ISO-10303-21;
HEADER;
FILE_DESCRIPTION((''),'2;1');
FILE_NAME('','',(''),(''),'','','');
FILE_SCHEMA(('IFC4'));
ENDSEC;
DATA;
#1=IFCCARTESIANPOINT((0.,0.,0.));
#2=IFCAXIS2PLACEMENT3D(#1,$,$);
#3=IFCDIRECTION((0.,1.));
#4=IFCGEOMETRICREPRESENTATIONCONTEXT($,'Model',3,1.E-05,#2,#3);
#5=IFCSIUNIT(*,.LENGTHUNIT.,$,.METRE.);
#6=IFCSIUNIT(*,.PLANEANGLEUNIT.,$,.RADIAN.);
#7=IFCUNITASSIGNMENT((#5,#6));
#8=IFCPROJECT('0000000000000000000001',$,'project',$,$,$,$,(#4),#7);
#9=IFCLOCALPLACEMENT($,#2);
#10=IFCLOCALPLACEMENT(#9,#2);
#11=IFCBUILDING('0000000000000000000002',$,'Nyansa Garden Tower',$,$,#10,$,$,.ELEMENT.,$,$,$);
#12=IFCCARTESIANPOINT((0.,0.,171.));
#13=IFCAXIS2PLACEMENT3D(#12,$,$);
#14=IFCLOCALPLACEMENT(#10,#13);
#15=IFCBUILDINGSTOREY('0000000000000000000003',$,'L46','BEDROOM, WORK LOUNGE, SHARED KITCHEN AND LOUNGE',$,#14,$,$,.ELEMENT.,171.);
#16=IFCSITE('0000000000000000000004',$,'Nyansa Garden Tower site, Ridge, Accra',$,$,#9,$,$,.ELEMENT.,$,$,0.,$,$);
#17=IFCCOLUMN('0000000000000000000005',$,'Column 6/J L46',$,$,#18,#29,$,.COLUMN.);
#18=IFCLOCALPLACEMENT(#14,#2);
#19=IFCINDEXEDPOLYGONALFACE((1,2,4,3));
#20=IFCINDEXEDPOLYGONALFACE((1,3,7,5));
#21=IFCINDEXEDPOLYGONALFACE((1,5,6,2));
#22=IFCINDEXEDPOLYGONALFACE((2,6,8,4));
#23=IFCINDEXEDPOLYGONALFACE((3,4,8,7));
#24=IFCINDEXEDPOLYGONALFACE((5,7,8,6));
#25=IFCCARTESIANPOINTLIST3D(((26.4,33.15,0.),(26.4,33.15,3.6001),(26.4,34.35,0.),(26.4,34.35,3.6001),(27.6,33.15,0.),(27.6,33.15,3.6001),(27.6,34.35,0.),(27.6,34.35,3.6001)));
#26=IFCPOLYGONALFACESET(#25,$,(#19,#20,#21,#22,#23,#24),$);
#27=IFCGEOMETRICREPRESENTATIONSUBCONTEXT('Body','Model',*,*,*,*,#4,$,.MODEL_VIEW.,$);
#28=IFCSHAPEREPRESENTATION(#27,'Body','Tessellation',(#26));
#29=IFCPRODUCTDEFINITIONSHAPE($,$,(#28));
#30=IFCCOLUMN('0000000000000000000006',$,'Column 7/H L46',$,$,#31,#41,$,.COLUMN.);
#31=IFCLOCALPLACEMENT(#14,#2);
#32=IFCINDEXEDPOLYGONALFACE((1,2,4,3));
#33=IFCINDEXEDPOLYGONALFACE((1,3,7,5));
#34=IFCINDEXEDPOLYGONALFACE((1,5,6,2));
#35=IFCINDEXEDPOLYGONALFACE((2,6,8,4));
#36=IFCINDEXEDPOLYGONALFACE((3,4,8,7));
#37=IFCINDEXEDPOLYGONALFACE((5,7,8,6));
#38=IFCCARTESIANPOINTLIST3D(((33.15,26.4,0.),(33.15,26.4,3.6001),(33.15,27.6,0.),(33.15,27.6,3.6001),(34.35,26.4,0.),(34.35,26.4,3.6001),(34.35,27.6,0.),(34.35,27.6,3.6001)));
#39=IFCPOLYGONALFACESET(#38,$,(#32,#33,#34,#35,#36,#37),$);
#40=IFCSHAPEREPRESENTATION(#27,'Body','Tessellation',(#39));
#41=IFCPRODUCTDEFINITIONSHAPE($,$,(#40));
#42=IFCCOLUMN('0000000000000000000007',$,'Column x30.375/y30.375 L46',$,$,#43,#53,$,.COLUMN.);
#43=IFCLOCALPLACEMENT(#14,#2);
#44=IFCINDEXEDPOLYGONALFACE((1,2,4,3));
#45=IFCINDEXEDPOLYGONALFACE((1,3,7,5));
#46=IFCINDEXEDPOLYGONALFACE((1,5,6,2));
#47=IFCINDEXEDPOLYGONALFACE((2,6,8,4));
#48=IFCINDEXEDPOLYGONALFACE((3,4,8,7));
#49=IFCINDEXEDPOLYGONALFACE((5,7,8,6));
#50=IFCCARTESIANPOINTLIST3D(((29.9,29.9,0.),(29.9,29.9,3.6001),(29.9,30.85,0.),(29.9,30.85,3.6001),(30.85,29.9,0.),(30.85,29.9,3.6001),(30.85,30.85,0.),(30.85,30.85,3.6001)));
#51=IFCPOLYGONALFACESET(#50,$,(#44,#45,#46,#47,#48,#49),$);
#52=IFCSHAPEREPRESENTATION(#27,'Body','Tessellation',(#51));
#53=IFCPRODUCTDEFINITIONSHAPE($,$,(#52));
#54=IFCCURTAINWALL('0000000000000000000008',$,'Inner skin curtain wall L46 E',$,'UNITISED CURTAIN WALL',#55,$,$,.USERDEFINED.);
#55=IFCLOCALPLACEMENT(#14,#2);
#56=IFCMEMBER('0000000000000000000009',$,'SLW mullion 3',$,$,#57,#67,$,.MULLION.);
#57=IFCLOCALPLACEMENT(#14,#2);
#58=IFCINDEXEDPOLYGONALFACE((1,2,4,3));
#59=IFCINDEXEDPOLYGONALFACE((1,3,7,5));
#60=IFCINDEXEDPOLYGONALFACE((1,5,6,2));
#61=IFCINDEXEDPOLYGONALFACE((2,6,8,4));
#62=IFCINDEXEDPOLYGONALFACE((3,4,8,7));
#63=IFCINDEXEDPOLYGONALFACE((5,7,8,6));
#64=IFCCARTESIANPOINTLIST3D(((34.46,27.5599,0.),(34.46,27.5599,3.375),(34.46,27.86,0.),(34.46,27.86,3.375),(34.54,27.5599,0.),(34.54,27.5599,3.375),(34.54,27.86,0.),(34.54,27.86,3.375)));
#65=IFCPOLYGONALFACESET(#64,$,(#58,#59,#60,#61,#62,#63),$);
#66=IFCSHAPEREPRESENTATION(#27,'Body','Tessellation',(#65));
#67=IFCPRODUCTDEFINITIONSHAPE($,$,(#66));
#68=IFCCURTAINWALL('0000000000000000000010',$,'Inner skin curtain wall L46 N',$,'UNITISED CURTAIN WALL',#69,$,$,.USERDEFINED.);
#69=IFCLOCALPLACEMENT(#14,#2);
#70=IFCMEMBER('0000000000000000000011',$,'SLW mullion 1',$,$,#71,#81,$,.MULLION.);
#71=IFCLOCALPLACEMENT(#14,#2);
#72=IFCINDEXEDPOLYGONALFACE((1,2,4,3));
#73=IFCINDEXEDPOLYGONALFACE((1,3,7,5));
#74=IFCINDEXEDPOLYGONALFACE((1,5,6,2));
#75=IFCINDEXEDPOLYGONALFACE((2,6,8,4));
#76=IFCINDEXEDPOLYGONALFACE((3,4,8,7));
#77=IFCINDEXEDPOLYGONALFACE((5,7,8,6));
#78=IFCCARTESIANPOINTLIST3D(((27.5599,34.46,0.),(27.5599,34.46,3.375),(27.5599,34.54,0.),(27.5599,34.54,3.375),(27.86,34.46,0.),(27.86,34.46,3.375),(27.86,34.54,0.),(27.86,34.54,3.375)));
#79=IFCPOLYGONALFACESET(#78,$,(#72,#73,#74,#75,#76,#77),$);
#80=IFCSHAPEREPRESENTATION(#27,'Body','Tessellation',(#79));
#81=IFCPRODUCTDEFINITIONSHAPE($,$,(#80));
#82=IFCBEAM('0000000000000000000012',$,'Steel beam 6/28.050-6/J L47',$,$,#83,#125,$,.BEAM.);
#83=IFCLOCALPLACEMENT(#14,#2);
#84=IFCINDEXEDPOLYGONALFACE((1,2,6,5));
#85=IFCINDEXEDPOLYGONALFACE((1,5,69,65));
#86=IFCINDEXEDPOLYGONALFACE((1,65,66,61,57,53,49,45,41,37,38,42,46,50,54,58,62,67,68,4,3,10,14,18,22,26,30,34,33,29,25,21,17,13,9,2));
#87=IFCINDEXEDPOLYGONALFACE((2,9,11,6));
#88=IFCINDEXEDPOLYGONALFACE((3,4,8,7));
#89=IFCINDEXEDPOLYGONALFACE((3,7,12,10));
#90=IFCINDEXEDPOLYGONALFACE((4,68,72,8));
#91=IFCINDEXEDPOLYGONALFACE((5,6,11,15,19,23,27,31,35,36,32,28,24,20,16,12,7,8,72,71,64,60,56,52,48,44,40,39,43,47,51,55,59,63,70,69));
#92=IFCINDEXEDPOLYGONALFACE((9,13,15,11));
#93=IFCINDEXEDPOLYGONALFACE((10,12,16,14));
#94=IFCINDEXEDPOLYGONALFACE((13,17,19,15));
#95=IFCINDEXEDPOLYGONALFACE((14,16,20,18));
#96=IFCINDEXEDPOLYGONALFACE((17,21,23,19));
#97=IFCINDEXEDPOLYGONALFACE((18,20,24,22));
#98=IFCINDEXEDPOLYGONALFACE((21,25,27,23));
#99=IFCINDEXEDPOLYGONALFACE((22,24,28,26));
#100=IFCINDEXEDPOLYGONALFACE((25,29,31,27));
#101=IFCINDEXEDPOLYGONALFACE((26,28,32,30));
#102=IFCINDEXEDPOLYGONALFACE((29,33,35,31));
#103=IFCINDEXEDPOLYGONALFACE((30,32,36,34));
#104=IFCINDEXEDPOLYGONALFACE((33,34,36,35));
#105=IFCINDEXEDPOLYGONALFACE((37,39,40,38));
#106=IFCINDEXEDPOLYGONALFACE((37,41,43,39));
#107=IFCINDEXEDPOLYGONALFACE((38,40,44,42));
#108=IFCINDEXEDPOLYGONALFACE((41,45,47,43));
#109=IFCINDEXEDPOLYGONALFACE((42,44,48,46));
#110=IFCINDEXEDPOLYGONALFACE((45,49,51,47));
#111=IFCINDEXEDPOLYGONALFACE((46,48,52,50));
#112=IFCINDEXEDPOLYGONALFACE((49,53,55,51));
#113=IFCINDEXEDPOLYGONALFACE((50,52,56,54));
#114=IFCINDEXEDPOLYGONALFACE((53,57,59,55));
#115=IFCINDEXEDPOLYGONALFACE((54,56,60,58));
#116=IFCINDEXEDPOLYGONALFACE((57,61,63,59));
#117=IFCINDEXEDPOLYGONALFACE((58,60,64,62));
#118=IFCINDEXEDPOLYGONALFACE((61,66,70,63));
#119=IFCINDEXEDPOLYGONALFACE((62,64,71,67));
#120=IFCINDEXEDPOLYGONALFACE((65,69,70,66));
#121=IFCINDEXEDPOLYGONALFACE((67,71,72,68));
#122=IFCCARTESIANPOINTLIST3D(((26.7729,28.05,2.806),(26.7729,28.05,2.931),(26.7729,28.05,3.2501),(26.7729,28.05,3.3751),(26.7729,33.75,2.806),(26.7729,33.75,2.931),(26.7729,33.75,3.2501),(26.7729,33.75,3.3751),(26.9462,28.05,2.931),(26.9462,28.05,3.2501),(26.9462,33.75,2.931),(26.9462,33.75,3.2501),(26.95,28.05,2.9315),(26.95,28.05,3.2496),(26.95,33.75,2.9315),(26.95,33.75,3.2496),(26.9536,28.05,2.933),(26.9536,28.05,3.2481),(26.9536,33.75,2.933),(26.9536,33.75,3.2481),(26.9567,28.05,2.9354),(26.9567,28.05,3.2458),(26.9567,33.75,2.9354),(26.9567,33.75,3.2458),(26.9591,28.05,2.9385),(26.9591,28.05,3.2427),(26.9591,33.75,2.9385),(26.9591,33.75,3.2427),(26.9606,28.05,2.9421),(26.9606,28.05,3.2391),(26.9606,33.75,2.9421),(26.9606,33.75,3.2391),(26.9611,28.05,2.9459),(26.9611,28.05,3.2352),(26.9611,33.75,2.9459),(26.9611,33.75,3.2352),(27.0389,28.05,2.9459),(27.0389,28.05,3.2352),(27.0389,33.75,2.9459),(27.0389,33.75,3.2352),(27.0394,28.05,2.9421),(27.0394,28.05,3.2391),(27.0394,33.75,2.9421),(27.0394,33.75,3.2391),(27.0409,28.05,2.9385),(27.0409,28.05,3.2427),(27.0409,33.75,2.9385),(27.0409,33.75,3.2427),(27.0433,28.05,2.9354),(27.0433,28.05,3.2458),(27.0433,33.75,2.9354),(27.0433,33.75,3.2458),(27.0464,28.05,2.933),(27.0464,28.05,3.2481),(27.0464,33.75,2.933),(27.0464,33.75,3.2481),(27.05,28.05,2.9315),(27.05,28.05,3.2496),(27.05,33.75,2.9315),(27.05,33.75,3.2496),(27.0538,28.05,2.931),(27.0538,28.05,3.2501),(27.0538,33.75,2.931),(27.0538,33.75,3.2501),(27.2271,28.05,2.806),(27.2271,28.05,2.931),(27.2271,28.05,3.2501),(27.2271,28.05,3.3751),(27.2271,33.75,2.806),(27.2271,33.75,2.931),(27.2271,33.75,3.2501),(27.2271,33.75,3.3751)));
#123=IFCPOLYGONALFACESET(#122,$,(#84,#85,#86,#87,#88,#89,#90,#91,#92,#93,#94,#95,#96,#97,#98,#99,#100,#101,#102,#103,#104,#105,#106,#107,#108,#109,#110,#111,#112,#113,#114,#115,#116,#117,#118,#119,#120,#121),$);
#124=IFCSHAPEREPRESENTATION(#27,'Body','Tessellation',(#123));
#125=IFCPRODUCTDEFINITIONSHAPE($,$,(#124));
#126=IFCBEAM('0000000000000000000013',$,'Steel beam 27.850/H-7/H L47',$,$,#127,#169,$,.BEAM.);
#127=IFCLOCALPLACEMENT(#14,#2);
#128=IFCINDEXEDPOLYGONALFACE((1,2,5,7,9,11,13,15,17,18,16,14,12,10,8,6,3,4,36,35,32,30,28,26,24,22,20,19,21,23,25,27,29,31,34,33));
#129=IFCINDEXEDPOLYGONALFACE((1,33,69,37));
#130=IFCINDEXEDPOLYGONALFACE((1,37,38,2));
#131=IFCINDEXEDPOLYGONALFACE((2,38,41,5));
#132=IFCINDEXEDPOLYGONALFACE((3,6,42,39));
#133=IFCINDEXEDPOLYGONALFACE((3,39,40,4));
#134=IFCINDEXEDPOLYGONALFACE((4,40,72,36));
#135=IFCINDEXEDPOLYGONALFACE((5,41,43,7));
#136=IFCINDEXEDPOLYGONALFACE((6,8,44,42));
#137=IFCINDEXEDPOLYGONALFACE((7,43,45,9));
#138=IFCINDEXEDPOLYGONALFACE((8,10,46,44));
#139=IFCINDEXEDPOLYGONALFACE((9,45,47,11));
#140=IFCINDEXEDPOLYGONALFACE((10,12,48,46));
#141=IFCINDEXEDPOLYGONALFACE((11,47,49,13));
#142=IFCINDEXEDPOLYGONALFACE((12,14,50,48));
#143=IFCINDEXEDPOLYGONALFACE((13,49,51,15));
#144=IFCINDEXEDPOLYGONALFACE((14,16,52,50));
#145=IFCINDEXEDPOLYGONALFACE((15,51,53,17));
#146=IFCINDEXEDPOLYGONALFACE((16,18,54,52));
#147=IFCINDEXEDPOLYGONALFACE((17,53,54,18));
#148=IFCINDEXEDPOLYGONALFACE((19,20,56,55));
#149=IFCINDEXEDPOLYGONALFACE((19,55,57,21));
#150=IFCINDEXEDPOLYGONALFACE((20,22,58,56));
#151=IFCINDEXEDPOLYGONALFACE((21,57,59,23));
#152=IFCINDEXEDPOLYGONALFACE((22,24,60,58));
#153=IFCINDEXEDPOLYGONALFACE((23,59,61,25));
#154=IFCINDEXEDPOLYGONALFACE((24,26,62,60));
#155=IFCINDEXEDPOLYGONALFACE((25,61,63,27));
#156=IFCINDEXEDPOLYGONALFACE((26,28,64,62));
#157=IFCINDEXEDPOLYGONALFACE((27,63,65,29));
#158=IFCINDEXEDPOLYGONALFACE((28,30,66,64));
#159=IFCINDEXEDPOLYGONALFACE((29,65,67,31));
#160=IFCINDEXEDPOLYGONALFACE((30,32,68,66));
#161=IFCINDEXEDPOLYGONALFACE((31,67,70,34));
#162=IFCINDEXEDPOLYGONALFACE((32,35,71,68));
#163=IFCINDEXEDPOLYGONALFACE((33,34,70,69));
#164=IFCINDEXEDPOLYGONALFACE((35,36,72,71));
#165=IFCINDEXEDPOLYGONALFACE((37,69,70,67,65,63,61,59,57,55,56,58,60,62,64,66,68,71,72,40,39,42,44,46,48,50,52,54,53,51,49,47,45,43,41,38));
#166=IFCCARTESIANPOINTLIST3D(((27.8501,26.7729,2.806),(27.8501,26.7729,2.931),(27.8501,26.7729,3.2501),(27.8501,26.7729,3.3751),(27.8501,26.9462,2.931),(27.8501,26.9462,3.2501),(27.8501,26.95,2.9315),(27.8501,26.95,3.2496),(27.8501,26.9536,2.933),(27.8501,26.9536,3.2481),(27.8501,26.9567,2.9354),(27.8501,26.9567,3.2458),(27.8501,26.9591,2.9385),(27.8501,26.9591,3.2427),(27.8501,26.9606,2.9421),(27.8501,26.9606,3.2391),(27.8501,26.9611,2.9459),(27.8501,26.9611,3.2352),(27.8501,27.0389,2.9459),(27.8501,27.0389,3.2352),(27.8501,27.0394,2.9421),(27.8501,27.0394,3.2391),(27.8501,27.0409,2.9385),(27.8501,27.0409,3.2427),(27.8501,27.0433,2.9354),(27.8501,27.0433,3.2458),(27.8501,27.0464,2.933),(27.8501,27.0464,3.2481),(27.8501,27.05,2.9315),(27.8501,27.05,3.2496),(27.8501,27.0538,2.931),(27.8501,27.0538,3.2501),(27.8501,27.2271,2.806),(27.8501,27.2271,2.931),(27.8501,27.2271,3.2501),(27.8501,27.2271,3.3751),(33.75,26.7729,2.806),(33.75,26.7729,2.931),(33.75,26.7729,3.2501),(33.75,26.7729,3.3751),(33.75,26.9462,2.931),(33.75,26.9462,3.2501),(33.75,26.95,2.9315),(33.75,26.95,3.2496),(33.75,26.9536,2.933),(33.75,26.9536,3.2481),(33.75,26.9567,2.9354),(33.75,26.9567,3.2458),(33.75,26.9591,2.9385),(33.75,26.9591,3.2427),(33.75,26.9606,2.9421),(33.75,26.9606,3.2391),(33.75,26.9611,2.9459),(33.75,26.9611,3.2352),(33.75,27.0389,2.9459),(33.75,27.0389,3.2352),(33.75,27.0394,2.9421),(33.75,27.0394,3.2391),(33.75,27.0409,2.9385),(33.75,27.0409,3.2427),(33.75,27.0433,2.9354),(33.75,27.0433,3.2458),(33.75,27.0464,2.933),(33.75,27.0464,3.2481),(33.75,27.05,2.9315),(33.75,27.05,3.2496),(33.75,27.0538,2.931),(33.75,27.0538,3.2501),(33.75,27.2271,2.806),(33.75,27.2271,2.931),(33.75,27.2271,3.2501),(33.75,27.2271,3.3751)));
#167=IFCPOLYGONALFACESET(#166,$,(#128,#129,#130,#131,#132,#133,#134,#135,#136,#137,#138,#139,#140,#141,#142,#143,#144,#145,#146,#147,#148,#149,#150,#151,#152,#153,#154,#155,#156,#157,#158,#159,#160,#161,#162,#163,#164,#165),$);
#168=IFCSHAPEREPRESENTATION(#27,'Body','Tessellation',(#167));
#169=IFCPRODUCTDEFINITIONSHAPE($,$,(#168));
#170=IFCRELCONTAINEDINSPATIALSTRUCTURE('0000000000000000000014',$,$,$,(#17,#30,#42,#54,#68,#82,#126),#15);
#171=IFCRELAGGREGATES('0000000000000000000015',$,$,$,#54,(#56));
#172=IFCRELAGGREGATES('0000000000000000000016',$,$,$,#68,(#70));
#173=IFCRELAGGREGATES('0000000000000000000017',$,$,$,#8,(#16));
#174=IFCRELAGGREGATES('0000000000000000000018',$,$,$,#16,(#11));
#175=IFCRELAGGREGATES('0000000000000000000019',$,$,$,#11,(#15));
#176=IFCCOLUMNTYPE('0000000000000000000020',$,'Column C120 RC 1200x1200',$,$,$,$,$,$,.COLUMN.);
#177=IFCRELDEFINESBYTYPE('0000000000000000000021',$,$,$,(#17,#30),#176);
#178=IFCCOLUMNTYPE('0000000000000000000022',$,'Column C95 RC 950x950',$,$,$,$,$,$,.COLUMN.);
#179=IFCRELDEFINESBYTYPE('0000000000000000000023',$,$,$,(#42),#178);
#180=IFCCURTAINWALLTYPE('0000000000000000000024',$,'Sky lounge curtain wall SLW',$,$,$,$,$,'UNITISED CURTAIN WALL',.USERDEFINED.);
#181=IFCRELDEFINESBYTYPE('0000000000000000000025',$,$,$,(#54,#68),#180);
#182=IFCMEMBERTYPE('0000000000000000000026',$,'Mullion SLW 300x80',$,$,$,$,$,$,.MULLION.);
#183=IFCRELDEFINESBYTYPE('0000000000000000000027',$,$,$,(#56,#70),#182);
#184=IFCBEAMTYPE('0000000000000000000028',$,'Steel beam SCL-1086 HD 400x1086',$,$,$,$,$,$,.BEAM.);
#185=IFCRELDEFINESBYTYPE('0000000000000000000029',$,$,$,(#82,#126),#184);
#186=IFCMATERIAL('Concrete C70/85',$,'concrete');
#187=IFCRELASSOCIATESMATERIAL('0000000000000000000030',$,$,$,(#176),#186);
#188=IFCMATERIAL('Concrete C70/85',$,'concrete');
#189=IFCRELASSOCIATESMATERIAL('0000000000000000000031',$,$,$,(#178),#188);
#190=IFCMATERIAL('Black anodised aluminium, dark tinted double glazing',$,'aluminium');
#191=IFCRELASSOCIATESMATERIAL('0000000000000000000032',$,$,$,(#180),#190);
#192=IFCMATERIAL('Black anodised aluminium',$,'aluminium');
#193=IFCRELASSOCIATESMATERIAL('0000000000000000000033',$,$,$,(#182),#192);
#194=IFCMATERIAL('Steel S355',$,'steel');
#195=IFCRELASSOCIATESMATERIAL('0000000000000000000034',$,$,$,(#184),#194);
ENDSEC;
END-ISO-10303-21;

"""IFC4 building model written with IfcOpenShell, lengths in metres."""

from ifc_helpers import new_model, si_unit, direction, frame, origin, origin_2d, place, context, subcontext, project, spatial, rectangle, i_section, extrude, material, material_profile, profile_set, type_object, element, aggregate, save


model = new_model("IFC4")

# Units and contexts
model_context = context("Model", 3, precision=1e-05, world=origin(), true_north=direction((0.0, 1.0)))
body_context = subcontext(model_context, "Body", "Model", "MODEL_VIEW")
ifc_project = project(units=[si_unit("LENGTHUNIT", "METRE"), si_unit("PLANEANGLEUNIT", "RADIAN")], contexts=[model_context])

# Site, building, storey
site_placement = place(None, origin())
site = spatial("IfcSite", under=ifc_project, at=site_placement, Name="Nyansa Garden Tower site, Ridge, Accra", CompositionType="ELEMENT", RefElevation=0.0)
building_placement = place(site_placement, origin())
building = spatial("IfcBuilding", under=site, at=building_placement, Name="Nyansa Garden Tower", CompositionType="ELEMENT")
storey_placement = place(building_placement, frame((0.0, 0.0, 171.0)))
storey = spatial("IfcBuildingStorey", under=building, at=storey_placement, Name="L46", Description="BEDROOM, WORK LOUNGE, SHARED KITCHEN AND LOUNGE", CompositionType="ELEMENT", Elevation=171.0)

# Columns
ifc_material_1 = material(Name="Concrete C70/85", Category="concrete")
ifc_material_profile_1 = material_profile(ifc_material_1, rectangle(XDim=1.2, YDim=1.2, at=origin_2d()), Name="RC 1200x1200")
ifc_profile_set_1 = profile_set([ifc_material_profile_1], Name="Concrete C70/85")
column_type_1 = type_object("IfcColumnType", Name="Column C120 RC 1200x1200", PredefinedType="COLUMN", material=ifc_profile_set_1)
for number, where, z_axis, x_axis, name in (
    (1, (27.0, 33.75, 0.0), (0.0, 0.0, 1.0), (1.0, 0.0, 0.0), "Column 6/J L46"),
    (2, (33.75, 27.0, 0.0), (0.0, 0.0, 1.0), (1.0, 0.0, 0.0), "Column 7/H L46"),
):
    element("IfcColumn", number, at=place(storey_placement, frame(where, z_axis=z_axis, x_axis=x_axis)), inside=storey, type_object=column_type_1, Name=name, PredefinedType="COLUMN", context=body_context, shape_type="SweptSolid", body=[
        extrude(rectangle(XDim=1.2, YDim=1.2, at=origin_2d()), origin(), (0.0, 0.0, 1.0), 3.6001),
    ])
ifc_material_2 = material(Name="Concrete C70/85", Category="concrete")
ifc_material_profile_2 = material_profile(ifc_material_2, rectangle(XDim=0.95, YDim=0.95, at=origin_2d()), Name="RC 950x950")
ifc_profile_set_2 = profile_set([ifc_material_profile_2], Name="Concrete C70/85")
column_type_2 = type_object("IfcColumnType", Name="Column C95 RC 950x950", PredefinedType="COLUMN", material=ifc_profile_set_2)
column_placement = place(storey_placement, frame((30.375, 30.375, 0.0), z_axis=(0.0, 0.0, 1.0), x_axis=(1.0, 0.0, 0.0)))
element("IfcColumn", 3, at=column_placement, inside=storey, type_object=column_type_2, Name="Column x30.375/y30.375 L46", PredefinedType="COLUMN", context=body_context, shape_type="SweptSolid", body=[
    extrude(rectangle(XDim=0.95, YDim=0.95, at=origin_2d()), origin(), (0.0, 0.0, 1.0), 3.6001),
])

# Curtain walls, members
ifc_material_3 = material(Name="Black anodised aluminium, dark tinted double glazing", Category="aluminium")
curtain_wall_type = type_object("IfcCurtainWallType", Name="Sky lounge curtain wall SLW", ElementType="UNITISED CURTAIN WALL", PredefinedType="USERDEFINED", material=ifc_material_3)
curtain_wall_1_placement = place(storey_placement, origin())
curtain_wall_1 = element("IfcCurtainWall", 4, at=curtain_wall_1_placement, inside=storey, type_object=curtain_wall_type, Name="Inner skin curtain wall L46 E", ObjectType="UNITISED CURTAIN WALL", PredefinedType="USERDEFINED")
ifc_material_4 = material(Name="Black anodised aluminium", Category="aluminium")
ifc_material_profile_3 = material_profile(ifc_material_4, rectangle(XDim=0.0801, YDim=0.3, at=origin_2d()), Name="Mullion 300x80")
ifc_profile_set_3 = profile_set([ifc_material_profile_3], Name="Black anodised aluminium")
member_type_1 = type_object("IfcMemberType", Name="Mullion SLW 300x80", PredefinedType="MULLION", material=ifc_profile_set_3)
member_1_placement = place(storey_placement, frame((34.5, 27.71, 0.0), z_axis=(0.0, 0.0, 1.0), x_axis=(-1.0, 0.0, 0.0)))
member_1 = element("IfcMember", 5, at=member_1_placement, type_object=member_type_1, Name="SLW mullion 3", PredefinedType="MULLION", context=body_context, shape_type="SweptSolid", body=[
    extrude(rectangle(XDim=0.0801, YDim=0.3, at=origin_2d()), origin(), (0.0, 0.0, 1.0), 3.375),
])
aggregate(curtain_wall_1, [member_1])
curtain_wall_2_placement = place(storey_placement, origin())
curtain_wall_2 = element("IfcCurtainWall", 6, at=curtain_wall_2_placement, inside=storey, type_object=curtain_wall_type, Name="Inner skin curtain wall L46 N", ObjectType="UNITISED CURTAIN WALL", PredefinedType="USERDEFINED")
member_2_placement = place(storey_placement, frame((27.71, 34.5, 0.0), z_axis=(0.0, 0.0, 1.0), x_axis=(0.0, -1.0, 0.0)))
member_2 = element("IfcMember", 7, at=member_2_placement, type_object=member_type_1, Name="SLW mullion 1", PredefinedType="MULLION", context=body_context, shape_type="SweptSolid", body=[
    extrude(rectangle(XDim=0.0801, YDim=0.3, at=origin_2d()), origin(), (0.0, 0.0, 1.0), 3.375),
])

# Beams
ifc_material_5 = material(Name="Steel S355", Category="steel")
ifc_material_profile_4 = material_profile(ifc_material_5, i_section(OverallWidth=0.4541, OverallDepth=0.5691, WebThickness=0.0779, FlangeThickness=0.125, FilletRadius=0.0149, at=origin_2d()), Name="HD 400x1086")
ifc_profile_set_4 = profile_set([ifc_material_profile_4], Name="Steel S355")
beam_type_1 = type_object("IfcBeamType", Name="Steel beam SCL-1086 HD 400x1086", PredefinedType="BEAM", material=ifc_profile_set_4)
beam_1_placement = place(storey_placement, frame((27.0, 28.05, 3.0906), z_axis=(0.0, 1.0, 0.0), x_axis=(-1.0, 0.0, 0.0)))
element("IfcBeam", 8, at=beam_1_placement, inside=storey, type_object=beam_type_1, Name="Steel beam 6/28.050-6/J L47", PredefinedType="BEAM", context=body_context, shape_type="SweptSolid", body=[
    extrude(i_section(OverallWidth=0.4541, OverallDepth=0.5691, WebThickness=0.0779, FlangeThickness=0.125, FilletRadius=0.0149, at=origin_2d()), origin(), (0.0, 0.0, 1.0), 5.7),
])
beam_2_placement = place(storey_placement, frame((27.8501, 27.0, 3.0906), z_axis=(1.0, 0.0, 0.0), x_axis=(0.0, 1.0, 0.0)))
element("IfcBeam", 9, at=beam_2_placement, inside=storey, type_object=beam_type_1, Name="Steel beam 27.850/H-7/H L47", PredefinedType="BEAM", context=body_context, shape_type="SweptSolid", body=[
    extrude(i_section(OverallWidth=0.4541, OverallDepth=0.5691, WebThickness=0.0779, FlangeThickness=0.125, FilletRadius=0.0149, at=origin_2d()), origin(), (0.0, 0.0, 1.0), 5.8999),
])

aggregate(curtain_wall_2, [member_2])

save(model, "model.ifc")
